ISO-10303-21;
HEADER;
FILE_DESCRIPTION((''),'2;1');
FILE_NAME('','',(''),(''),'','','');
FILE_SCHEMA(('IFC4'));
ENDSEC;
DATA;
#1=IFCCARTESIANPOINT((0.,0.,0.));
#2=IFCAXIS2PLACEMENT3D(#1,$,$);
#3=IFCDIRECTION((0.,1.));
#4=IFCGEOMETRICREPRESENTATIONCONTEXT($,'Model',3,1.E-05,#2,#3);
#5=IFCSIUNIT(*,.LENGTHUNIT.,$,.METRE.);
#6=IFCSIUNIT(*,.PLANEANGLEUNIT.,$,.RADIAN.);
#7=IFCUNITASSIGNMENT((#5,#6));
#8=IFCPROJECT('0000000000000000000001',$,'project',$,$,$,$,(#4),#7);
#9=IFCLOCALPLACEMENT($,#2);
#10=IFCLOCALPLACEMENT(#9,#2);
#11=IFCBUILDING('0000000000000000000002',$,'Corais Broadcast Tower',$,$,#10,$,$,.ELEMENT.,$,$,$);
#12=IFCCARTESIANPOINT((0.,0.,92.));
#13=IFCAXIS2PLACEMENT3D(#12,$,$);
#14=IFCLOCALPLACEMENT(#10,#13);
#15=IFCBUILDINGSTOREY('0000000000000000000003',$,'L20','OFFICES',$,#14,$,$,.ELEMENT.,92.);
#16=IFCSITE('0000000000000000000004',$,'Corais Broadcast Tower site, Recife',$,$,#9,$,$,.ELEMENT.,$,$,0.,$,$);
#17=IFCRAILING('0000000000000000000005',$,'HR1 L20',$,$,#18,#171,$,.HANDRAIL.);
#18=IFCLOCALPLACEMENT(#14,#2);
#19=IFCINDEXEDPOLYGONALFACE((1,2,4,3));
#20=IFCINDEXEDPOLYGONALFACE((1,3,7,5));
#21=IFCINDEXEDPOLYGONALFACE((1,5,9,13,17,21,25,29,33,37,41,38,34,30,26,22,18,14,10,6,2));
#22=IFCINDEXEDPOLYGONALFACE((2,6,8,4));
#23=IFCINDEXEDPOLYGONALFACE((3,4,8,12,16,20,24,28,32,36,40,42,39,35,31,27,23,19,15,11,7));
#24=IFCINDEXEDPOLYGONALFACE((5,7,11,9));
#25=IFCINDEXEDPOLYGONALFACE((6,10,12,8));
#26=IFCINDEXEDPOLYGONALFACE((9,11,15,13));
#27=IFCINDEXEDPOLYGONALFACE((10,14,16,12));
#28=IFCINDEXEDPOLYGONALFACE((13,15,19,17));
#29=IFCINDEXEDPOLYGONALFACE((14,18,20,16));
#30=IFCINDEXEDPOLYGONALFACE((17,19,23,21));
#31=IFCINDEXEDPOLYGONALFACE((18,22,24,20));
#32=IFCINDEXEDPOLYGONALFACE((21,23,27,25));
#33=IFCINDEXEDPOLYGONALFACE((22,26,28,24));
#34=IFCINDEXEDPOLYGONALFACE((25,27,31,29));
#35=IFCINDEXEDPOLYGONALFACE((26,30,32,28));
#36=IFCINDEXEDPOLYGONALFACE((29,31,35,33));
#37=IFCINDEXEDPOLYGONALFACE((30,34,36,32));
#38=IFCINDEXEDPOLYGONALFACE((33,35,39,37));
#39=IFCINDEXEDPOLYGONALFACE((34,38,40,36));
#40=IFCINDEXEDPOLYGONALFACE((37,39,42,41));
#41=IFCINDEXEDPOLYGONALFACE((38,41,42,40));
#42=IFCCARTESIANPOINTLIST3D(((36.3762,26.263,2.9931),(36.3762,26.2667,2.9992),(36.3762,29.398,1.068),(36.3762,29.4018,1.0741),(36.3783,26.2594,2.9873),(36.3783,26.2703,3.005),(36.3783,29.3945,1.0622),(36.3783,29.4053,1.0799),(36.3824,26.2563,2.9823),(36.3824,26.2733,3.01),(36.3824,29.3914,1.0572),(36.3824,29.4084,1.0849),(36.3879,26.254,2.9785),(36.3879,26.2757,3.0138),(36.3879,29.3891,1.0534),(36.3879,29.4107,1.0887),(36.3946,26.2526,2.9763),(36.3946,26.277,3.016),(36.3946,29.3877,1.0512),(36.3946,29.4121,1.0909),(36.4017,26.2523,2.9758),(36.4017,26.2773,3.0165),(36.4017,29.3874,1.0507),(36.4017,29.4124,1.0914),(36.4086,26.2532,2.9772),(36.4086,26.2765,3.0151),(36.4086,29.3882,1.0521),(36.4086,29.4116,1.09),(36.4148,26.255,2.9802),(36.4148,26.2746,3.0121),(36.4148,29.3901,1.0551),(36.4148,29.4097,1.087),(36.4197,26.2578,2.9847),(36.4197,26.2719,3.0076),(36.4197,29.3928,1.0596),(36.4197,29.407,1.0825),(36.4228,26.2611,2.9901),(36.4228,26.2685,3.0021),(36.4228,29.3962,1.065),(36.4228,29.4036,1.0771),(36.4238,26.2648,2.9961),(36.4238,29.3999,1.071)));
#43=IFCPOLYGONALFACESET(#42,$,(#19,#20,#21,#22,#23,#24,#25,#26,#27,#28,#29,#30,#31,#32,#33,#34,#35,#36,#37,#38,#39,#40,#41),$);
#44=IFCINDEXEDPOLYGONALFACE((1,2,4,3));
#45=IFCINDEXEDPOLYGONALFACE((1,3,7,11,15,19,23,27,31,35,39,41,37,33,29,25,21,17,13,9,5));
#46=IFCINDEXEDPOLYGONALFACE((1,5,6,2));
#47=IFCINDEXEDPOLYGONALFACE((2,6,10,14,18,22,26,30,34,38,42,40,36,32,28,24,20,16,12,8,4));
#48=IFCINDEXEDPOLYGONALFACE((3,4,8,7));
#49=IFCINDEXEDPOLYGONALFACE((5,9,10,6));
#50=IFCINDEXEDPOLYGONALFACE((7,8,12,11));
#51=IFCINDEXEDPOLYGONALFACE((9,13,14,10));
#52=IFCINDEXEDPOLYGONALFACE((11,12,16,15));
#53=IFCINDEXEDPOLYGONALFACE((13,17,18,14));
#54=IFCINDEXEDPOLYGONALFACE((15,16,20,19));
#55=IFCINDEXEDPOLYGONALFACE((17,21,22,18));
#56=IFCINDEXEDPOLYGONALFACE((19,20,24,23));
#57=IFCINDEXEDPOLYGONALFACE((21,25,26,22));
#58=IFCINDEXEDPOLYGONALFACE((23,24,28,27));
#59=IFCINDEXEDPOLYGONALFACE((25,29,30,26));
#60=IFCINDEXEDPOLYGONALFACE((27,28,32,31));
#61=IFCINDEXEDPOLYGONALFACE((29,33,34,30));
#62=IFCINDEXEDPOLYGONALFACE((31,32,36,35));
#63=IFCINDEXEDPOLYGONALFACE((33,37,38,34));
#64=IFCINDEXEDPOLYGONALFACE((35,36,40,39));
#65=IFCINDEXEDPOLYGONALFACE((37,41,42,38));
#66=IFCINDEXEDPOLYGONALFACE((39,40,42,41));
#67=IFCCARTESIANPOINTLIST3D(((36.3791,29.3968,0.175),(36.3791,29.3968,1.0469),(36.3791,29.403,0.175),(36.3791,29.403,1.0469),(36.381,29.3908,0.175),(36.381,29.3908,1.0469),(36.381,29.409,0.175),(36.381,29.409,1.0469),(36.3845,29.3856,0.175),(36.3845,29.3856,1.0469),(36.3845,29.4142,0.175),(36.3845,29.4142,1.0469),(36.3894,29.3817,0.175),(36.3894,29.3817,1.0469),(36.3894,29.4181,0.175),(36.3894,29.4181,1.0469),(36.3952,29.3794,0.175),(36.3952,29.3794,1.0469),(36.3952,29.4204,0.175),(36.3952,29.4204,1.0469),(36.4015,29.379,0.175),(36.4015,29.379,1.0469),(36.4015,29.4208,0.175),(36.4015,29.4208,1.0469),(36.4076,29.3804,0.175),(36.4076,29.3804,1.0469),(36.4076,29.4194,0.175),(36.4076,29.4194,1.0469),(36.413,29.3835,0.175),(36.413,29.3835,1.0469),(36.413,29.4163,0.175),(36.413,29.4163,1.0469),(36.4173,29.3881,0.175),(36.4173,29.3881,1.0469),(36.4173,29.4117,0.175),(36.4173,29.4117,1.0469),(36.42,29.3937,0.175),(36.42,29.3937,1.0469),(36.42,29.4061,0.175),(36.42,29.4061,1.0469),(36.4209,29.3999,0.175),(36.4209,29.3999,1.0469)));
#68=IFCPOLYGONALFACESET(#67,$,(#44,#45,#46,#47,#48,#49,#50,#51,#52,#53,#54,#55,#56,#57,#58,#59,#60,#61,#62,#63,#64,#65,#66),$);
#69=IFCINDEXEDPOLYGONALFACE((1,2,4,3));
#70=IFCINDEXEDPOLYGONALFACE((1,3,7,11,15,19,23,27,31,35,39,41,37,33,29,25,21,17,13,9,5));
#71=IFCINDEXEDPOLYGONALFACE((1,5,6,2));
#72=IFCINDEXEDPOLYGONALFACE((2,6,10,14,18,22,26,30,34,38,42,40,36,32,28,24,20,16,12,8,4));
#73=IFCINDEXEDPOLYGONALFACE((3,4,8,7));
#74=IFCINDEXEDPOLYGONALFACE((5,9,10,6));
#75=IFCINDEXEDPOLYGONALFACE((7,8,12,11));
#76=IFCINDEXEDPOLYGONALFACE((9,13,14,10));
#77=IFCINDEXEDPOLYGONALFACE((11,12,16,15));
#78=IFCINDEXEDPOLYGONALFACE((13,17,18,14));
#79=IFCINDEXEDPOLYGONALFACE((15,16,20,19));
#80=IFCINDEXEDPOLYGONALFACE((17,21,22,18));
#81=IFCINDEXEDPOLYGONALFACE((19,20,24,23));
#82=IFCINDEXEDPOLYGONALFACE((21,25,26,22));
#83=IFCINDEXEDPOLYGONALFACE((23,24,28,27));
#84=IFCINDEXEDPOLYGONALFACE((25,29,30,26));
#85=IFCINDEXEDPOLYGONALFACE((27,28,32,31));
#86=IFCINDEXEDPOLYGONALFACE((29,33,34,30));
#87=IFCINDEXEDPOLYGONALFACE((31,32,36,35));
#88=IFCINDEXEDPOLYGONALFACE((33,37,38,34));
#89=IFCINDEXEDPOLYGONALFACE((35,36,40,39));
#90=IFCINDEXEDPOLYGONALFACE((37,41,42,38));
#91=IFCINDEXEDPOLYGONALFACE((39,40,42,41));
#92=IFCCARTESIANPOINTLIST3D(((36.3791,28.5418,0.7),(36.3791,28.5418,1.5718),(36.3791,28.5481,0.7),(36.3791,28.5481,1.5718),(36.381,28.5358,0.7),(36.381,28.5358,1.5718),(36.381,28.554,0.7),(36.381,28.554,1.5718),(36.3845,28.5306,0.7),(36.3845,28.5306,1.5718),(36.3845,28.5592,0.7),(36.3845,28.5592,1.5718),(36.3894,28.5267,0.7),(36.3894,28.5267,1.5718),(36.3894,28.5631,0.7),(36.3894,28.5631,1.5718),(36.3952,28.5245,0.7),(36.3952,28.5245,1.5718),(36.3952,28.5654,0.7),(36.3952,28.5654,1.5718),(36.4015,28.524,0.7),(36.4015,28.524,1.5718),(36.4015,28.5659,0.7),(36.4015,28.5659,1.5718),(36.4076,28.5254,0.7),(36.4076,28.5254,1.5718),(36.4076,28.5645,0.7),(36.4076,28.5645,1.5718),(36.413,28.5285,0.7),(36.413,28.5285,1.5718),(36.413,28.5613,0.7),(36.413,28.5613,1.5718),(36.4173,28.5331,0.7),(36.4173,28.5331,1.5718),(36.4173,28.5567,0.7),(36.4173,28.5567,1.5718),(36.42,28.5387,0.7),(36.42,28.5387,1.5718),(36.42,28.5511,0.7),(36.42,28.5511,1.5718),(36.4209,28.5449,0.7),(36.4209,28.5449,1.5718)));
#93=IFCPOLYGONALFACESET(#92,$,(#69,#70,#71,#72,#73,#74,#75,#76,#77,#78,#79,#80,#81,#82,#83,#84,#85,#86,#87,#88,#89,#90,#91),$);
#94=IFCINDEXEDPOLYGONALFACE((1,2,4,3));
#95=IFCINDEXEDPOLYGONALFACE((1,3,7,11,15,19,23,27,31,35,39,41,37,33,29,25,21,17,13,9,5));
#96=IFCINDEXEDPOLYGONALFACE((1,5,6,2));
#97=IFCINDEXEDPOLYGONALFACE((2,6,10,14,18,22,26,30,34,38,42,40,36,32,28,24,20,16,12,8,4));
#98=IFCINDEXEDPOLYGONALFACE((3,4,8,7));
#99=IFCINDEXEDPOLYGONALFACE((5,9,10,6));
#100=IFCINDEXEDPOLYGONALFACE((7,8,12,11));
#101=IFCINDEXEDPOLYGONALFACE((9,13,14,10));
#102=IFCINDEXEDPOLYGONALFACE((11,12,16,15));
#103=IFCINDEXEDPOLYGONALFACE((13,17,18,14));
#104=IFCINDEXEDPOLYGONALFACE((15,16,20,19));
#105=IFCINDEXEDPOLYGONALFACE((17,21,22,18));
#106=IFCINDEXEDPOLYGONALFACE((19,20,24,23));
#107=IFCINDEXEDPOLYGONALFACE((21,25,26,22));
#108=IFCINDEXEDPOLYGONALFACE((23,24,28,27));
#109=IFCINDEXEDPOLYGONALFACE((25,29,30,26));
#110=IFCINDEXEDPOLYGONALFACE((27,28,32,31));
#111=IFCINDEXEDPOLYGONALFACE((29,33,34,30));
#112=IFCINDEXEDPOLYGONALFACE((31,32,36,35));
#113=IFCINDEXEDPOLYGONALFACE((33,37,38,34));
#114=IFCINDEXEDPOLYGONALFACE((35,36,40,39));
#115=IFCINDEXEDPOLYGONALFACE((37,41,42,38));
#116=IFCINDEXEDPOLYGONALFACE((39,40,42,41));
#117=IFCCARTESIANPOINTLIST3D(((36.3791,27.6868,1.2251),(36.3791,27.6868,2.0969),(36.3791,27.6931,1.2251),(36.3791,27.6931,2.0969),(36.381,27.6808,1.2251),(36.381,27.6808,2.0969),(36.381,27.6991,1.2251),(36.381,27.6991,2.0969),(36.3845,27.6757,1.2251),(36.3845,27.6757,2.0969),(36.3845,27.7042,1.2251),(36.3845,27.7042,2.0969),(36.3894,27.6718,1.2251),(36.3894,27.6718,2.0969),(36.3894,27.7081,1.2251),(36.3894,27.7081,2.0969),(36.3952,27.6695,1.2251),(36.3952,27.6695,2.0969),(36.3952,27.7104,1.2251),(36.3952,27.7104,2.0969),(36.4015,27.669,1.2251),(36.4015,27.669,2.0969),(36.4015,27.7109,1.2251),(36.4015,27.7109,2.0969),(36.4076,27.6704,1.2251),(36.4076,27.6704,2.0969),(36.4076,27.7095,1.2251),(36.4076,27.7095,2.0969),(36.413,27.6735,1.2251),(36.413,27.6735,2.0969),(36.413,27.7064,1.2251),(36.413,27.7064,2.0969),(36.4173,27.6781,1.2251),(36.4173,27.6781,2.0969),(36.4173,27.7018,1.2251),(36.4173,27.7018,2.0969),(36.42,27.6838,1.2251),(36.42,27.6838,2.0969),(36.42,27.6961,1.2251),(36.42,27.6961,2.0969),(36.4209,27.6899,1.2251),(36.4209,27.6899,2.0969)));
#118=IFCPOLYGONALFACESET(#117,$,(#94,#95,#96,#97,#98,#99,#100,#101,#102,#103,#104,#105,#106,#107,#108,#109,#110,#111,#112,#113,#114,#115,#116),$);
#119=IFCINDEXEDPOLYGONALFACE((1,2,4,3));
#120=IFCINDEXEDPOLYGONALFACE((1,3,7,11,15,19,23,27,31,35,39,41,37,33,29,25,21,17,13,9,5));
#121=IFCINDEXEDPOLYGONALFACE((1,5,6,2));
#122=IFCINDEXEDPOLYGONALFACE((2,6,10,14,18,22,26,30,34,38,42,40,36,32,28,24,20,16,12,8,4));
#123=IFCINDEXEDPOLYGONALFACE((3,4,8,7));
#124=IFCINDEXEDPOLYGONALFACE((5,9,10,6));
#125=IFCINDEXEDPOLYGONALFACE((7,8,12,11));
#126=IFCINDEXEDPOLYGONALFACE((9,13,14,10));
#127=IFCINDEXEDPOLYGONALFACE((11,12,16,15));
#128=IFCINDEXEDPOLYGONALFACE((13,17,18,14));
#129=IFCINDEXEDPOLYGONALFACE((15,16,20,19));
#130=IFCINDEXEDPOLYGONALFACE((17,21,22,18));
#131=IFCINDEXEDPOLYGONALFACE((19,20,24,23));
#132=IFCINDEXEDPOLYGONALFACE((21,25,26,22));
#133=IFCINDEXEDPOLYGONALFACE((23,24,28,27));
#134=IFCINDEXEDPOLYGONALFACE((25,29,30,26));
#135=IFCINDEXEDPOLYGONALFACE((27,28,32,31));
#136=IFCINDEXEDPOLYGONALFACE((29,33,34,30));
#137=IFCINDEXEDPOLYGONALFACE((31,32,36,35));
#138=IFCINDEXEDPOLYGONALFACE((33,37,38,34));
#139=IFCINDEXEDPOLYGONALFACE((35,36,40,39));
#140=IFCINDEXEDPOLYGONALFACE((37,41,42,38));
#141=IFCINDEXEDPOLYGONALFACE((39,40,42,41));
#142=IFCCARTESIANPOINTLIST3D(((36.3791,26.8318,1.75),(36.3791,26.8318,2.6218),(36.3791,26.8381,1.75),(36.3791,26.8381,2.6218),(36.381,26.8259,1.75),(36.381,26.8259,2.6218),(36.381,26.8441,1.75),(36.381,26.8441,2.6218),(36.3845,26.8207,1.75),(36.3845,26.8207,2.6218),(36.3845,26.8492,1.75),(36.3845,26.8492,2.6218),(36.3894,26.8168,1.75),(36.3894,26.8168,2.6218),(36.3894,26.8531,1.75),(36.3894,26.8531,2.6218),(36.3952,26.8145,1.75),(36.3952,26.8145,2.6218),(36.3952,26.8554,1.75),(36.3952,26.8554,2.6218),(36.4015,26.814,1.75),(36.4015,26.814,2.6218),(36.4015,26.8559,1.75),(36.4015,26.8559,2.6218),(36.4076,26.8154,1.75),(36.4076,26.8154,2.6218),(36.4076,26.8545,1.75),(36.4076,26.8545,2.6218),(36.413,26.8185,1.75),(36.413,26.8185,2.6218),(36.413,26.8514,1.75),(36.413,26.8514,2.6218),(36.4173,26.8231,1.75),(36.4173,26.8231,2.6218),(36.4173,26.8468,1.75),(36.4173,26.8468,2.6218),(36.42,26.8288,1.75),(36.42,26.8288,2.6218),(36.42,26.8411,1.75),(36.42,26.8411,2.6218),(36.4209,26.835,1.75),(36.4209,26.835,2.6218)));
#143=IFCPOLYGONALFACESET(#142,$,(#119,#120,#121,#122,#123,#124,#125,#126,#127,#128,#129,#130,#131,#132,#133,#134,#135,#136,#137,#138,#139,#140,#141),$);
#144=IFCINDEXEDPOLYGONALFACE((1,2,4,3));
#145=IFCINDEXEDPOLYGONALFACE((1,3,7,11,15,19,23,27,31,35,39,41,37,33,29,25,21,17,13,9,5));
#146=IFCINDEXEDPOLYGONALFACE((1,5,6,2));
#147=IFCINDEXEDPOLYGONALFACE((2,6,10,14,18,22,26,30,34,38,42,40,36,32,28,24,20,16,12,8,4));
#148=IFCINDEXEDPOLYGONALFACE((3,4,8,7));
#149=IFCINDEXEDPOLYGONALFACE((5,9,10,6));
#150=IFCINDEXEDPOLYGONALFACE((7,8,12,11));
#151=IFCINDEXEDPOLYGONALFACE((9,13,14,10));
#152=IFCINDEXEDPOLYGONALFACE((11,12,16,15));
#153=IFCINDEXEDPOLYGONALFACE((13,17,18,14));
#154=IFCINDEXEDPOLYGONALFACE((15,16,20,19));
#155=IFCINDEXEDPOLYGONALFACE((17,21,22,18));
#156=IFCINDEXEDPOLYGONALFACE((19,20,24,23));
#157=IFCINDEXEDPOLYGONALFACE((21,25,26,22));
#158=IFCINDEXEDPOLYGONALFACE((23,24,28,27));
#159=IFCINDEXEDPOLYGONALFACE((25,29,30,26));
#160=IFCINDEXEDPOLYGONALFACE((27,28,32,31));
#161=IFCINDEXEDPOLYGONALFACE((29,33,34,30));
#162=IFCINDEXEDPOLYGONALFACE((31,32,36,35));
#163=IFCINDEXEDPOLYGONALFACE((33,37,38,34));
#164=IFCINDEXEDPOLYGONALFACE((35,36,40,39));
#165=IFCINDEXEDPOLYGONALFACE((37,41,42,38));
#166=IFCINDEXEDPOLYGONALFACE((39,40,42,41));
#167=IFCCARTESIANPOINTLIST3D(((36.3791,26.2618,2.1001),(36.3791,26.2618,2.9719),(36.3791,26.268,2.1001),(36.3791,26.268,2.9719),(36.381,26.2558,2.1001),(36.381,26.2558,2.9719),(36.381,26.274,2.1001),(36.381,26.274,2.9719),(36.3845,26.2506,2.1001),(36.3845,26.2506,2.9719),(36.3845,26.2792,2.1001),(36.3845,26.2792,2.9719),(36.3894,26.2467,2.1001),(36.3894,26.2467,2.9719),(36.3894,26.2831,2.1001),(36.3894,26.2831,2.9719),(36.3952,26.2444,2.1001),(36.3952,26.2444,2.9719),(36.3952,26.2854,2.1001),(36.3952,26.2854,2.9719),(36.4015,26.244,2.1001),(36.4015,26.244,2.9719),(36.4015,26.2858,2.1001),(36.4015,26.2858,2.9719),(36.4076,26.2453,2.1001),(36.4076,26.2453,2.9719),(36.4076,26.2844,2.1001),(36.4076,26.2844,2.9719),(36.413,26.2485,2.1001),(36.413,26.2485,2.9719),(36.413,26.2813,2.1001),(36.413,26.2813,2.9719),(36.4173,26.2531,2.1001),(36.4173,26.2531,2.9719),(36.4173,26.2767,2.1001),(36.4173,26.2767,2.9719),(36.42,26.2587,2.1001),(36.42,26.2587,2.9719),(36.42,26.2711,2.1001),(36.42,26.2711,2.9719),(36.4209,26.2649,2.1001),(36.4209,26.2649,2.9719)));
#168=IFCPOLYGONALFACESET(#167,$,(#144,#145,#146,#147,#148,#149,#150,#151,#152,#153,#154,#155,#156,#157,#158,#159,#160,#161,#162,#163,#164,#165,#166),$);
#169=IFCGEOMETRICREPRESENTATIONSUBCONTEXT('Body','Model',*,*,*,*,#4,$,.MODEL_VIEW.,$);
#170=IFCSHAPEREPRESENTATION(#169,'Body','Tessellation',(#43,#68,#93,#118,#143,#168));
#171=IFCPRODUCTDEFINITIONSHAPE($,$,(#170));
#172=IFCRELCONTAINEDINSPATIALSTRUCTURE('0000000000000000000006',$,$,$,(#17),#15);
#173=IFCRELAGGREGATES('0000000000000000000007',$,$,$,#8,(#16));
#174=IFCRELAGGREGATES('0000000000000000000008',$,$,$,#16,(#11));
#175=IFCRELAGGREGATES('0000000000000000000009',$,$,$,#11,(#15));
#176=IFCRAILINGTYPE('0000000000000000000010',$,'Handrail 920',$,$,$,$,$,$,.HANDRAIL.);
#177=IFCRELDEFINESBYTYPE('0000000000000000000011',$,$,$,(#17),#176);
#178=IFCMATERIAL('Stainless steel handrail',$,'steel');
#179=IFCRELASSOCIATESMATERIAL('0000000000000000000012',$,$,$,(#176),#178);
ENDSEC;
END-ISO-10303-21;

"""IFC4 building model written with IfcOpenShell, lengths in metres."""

from ifc_helpers import new_model, si_unit, direction, frame, origin, origin_2d, place, context, subcontext, project, spatial, circle, extrude, material, type_object, element, save


model = new_model("IFC4")

# Units and contexts
model_context = context("Model", 3, precision=1e-05, world=origin(), true_north=direction((0.0, 1.0)))
body_context = subcontext(model_context, "Body", "Model", "MODEL_VIEW")
ifc_project = project(units=[si_unit("LENGTHUNIT", "METRE"), si_unit("PLANEANGLEUNIT", "RADIAN")], contexts=[model_context])

# Site, building, storey
site_placement = place(None, origin())
site = spatial("IfcSite", under=ifc_project, at=site_placement, Name="Corais Broadcast Tower site, Recife", CompositionType="ELEMENT", RefElevation=0.0)
building_placement = place(site_placement, origin())
building = spatial("IfcBuilding", under=site, at=building_placement, Name="Corais Broadcast Tower", CompositionType="ELEMENT")
storey_placement = place(building_placement, frame((0.0, 0.0, 92.0)))
storey = spatial("IfcBuildingStorey", under=building, at=storey_placement, Name="L20", Description="OFFICES", CompositionType="ELEMENT", Elevation=92.0)

# Railing
ifc_material_1 = material(Name="Stainless steel handrail", Category="steel")
railing_type = type_object("IfcRailingType", Name="Handrail 920", PredefinedType="HANDRAIL", material=ifc_material_1)
for number, where, name in (
    (1, (36.3999, 29.3999, 0.175), "HR1 L20"),
):
    element("IfcRailing", number, at=place(storey_placement, frame(where)), inside=storey, type_object=railing_type, Name=name, PredefinedType="HANDRAIL", context=body_context, shape_type="SweptSolid", body=[
        extrude(circle(Radius=0.0239, at=origin_2d()), frame((0.0, 0.0, 0.896), z_axis=(0.0, -0.852166, 0.523271), x_axis=(1.0, 0.0, 0.0)), (0.0, 0.0, 1.0), 3.679),
        extrude(circle(Radius=0.021, at=origin_2d()), origin(), (0.0, 0.0, 1.0), 0.8718),
        extrude(circle(Radius=0.021, at=origin_2d()), frame((0.0, -0.855, 0.5249)), (0.0, 0.0, 1.0), 0.8718),
        extrude(circle(Radius=0.021, at=origin_2d()), frame((0.0, -1.71, 1.05)), (0.0, 0.0, 1.0), 0.8718),
        extrude(circle(Radius=0.021, at=origin_2d()), frame((0.0, -2.5649, 1.575)), (0.0, 0.0, 1.0), 0.8718),
        extrude(circle(Radius=0.021, at=origin_2d()), frame((0.0, -3.135, 1.925)), (0.0, 0.0, 1.0), 0.8718),
    ])

save(model, "model.ifc")
